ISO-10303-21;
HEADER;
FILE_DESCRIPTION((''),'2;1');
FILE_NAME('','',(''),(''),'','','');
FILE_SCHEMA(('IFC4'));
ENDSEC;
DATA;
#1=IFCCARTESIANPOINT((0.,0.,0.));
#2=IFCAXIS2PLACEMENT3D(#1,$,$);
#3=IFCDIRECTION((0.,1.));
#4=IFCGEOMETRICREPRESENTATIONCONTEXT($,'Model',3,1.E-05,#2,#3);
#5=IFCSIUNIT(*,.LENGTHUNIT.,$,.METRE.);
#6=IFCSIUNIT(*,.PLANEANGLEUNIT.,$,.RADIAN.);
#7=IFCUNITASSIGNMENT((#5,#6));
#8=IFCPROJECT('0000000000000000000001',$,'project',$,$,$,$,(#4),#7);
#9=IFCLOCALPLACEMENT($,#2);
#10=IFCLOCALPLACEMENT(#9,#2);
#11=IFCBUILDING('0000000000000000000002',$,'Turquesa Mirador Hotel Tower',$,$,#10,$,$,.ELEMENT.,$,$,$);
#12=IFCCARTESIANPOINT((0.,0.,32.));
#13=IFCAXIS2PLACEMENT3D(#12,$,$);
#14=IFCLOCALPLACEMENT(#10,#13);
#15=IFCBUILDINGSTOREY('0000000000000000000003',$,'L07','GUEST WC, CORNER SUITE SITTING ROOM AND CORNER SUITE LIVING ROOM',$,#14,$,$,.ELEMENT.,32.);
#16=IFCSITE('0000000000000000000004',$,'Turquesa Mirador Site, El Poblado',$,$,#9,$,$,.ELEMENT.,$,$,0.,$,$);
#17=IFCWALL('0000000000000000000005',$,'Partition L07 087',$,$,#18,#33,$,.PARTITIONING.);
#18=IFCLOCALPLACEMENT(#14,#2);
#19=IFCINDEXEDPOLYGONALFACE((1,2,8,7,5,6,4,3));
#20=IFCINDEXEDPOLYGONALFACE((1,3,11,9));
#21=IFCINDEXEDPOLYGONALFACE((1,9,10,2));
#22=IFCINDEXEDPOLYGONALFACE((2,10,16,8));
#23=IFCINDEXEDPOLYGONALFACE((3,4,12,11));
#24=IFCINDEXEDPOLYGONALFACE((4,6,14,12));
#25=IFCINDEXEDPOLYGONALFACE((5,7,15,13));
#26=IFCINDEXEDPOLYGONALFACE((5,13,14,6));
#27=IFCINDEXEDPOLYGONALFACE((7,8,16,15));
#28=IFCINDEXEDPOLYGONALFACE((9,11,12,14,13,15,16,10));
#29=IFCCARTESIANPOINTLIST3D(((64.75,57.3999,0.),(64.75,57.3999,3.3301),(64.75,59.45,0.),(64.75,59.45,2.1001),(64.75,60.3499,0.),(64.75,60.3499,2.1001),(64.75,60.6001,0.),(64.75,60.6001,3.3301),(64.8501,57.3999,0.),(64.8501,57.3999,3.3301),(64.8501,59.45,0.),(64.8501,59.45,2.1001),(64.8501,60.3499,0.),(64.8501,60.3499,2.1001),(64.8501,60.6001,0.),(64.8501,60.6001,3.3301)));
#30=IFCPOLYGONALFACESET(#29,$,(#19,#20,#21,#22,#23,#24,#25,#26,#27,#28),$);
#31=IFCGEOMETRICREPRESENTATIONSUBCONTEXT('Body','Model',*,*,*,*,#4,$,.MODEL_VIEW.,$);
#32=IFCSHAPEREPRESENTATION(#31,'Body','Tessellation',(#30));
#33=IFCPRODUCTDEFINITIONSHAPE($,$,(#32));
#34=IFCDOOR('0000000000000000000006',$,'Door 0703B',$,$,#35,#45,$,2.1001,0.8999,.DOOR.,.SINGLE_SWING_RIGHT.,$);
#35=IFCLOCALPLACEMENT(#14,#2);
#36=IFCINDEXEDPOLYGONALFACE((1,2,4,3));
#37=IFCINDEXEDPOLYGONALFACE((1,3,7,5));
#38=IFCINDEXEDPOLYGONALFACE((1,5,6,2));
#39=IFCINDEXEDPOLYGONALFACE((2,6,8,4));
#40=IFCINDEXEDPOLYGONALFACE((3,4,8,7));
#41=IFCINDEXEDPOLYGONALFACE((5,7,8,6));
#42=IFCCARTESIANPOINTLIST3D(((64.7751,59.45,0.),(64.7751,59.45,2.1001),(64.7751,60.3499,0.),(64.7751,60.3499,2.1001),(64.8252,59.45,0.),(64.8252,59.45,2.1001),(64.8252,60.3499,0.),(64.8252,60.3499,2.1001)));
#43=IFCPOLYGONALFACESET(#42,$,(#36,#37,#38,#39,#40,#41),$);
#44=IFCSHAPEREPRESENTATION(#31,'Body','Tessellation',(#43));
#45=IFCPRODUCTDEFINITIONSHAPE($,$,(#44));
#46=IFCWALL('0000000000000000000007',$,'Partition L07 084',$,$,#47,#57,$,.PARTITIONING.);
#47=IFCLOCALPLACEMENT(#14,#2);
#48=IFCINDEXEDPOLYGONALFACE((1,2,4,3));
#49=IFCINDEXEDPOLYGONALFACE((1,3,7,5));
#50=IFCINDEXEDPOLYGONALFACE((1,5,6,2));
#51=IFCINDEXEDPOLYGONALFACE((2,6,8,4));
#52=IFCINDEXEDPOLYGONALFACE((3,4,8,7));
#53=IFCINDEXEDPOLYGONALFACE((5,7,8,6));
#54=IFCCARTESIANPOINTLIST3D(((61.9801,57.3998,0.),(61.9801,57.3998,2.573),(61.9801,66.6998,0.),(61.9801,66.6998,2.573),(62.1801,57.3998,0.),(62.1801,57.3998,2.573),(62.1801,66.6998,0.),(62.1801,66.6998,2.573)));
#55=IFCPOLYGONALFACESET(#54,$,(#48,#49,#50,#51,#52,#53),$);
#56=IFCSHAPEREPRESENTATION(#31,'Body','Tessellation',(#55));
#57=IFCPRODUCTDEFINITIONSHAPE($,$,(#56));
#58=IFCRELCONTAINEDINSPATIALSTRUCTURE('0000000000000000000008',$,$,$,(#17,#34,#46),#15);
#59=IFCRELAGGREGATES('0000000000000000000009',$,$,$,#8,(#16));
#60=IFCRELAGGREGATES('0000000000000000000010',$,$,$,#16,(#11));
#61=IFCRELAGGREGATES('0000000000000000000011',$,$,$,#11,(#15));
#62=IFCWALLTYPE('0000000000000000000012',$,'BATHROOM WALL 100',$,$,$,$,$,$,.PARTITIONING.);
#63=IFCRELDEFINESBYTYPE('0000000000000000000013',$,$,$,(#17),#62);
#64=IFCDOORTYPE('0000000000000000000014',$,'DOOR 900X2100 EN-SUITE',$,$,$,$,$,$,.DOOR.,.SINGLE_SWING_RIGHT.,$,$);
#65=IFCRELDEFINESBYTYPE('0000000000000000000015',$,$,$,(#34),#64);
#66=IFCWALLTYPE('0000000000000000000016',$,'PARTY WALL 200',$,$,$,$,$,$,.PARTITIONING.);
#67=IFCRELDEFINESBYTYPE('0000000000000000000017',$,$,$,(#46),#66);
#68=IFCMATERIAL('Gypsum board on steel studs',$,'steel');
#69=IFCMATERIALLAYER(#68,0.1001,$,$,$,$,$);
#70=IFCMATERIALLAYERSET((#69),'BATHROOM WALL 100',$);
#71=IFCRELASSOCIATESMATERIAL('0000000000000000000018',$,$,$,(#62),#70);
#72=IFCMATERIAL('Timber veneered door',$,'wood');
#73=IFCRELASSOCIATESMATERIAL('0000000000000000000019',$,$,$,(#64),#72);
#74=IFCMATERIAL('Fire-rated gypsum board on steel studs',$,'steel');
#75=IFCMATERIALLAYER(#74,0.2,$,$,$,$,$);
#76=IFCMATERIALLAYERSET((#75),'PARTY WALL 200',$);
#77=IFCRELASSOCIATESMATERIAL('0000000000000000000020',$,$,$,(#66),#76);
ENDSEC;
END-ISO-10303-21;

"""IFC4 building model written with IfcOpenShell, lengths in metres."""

from ifc_helpers import new_model, si_unit, direction, frame, frame_2d, origin, place, context, subcontext, project, spatial, rectangle, extrude, material, layer, layer_set, type_object, element, fill, save


model = new_model("IFC4")

# Units and contexts
model_context = context("Model", 3, precision=1e-05, world=origin(), true_north=direction((0.0, 1.0)))
body_context = subcontext(model_context, "Body", "Model", "MODEL_VIEW")
ifc_project = project(units=[si_unit("LENGTHUNIT", "METRE"), si_unit("PLANEANGLEUNIT", "RADIAN")], contexts=[model_context])

# Site, building, storey
site_placement = place(None, origin())
site = spatial("IfcSite", under=ifc_project, at=site_placement, Name="Turquesa Mirador Site, El Poblado", CompositionType="ELEMENT", RefElevation=0.0)
building_placement = place(site_placement, origin())
building = spatial("IfcBuilding", under=site, at=building_placement, Name="Turquesa Mirador Hotel Tower", CompositionType="ELEMENT")
storey_placement = place(building_placement, frame((0.0, 0.0, 32.0)))
storey = spatial("IfcBuildingStorey", under=building, at=storey_placement, Name="L07", Description="GUEST WC, CORNER SUITE SITTING ROOM AND CORNER SUITE LIVING ROOM", CompositionType="ELEMENT", Elevation=32.0)

# Shared definitions
ifc_material_1 = material(Name="Gypsum board on steel studs", Category="steel")
ifc_layer_1 = layer(ifc_material_1, 0.1001)
ifc_layer_set_1 = layer_set([ifc_layer_1], Name="BATHROOM WALL 100")
wall_type_1 = type_object("IfcWallType", Name="BATHROOM WALL 100", PredefinedType="PARTITIONING", material=ifc_layer_set_1)

# Shared definitions
ifc_material_2 = material(Name="Timber veneered door", Category="wood")
door_type_1 = type_object("IfcDoorType", Name="DOOR 900X2100 EN-SUITE", OperationType="SINGLE_SWING_RIGHT", PredefinedType="DOOR", material=ifc_material_2)

# Wall, opening, door
wall_1_placement = place(storey_placement, frame((64.8, 57.3999, 0.0), z_axis=(0.0, 0.0, 1.0), x_axis=(0.0, 1.0, 0.0)))
wall_1 = element("IfcWall", 1, at=wall_1_placement, inside=storey, type_object=wall_type_1, Name="Partition L07 087", PredefinedType="PARTITIONING", context=body_context, shape_type="SweptSolid", body=[
    extrude(rectangle(XDim=3.2002, YDim=0.1001, at=frame_2d((1.6001, 0.0))), origin(), (0.0, 0.0, 1.0), 3.3301),
])
opening_1_placement = place(wall_1_placement, frame((2.05, 0.0, 0.0)))
opening_1 = element("IfcOpeningElement", 2, at=opening_1_placement, cuts=wall_1, PredefinedType="OPENING", context=body_context, shape_type="SweptSolid", body=[
    extrude(rectangle(XDim=0.8999, YDim=2.1001, at=frame_2d((0.45, 1.05))), frame((0.0, 0.0601, 0.0), z_axis=(0.0, -1.0, 0.0), x_axis=(1.0, 0.0, 0.0)), (0.0, 0.0, 1.0), 0.1201),
])
door_1_placement = place(opening_1_placement, origin())
door_1 = element("IfcDoor", 3, at=door_1_placement, inside=storey, type_object=door_type_1, Name="Door 0703B", OperationType="SINGLE_SWING_RIGHT", OverallHeight=2.1001, OverallWidth=0.8999, PredefinedType="DOOR", context=body_context, shape_type="SweptSolid", body=[
    extrude(rectangle(XDim=0.8999, YDim=2.1001, at=frame_2d((0.45, 1.05))), frame((0.0, 0.0249, 0.0), z_axis=(0.0, -1.0, 0.0), x_axis=(1.0, 0.0, 0.0)), (0.0, 0.0, 1.0), 0.05),
])
fill(opening_1, door_1)

# Wall
ifc_material_3 = material(Name="Fire-rated gypsum board on steel studs", Category="steel")
ifc_layer_2 = layer(ifc_material_3, 0.2)
ifc_layer_set_2 = layer_set([ifc_layer_2], Name="PARTY WALL 200")
wall_type_2 = type_object("IfcWallType", Name="PARTY WALL 200", PredefinedType="PARTITIONING", material=ifc_layer_set_2)
wall_2_placement = place(storey_placement, frame((62.0801, 57.3999, 0.0), z_axis=(0.0, 0.0, 1.0), x_axis=(0.0, 1.0, 0.0)))
element("IfcWall", 4, at=wall_2_placement, inside=storey, type_object=wall_type_2, Name="Partition L07 084", PredefinedType="PARTITIONING", context=body_context, shape_type="SweptSolid", body=[
    extrude(rectangle(XDim=9.3, YDim=0.2, at=frame_2d((4.6499, 0.0))), origin(), (0.0, 0.0, 1.0), 2.573),
])

save(model, "model.ifc")
